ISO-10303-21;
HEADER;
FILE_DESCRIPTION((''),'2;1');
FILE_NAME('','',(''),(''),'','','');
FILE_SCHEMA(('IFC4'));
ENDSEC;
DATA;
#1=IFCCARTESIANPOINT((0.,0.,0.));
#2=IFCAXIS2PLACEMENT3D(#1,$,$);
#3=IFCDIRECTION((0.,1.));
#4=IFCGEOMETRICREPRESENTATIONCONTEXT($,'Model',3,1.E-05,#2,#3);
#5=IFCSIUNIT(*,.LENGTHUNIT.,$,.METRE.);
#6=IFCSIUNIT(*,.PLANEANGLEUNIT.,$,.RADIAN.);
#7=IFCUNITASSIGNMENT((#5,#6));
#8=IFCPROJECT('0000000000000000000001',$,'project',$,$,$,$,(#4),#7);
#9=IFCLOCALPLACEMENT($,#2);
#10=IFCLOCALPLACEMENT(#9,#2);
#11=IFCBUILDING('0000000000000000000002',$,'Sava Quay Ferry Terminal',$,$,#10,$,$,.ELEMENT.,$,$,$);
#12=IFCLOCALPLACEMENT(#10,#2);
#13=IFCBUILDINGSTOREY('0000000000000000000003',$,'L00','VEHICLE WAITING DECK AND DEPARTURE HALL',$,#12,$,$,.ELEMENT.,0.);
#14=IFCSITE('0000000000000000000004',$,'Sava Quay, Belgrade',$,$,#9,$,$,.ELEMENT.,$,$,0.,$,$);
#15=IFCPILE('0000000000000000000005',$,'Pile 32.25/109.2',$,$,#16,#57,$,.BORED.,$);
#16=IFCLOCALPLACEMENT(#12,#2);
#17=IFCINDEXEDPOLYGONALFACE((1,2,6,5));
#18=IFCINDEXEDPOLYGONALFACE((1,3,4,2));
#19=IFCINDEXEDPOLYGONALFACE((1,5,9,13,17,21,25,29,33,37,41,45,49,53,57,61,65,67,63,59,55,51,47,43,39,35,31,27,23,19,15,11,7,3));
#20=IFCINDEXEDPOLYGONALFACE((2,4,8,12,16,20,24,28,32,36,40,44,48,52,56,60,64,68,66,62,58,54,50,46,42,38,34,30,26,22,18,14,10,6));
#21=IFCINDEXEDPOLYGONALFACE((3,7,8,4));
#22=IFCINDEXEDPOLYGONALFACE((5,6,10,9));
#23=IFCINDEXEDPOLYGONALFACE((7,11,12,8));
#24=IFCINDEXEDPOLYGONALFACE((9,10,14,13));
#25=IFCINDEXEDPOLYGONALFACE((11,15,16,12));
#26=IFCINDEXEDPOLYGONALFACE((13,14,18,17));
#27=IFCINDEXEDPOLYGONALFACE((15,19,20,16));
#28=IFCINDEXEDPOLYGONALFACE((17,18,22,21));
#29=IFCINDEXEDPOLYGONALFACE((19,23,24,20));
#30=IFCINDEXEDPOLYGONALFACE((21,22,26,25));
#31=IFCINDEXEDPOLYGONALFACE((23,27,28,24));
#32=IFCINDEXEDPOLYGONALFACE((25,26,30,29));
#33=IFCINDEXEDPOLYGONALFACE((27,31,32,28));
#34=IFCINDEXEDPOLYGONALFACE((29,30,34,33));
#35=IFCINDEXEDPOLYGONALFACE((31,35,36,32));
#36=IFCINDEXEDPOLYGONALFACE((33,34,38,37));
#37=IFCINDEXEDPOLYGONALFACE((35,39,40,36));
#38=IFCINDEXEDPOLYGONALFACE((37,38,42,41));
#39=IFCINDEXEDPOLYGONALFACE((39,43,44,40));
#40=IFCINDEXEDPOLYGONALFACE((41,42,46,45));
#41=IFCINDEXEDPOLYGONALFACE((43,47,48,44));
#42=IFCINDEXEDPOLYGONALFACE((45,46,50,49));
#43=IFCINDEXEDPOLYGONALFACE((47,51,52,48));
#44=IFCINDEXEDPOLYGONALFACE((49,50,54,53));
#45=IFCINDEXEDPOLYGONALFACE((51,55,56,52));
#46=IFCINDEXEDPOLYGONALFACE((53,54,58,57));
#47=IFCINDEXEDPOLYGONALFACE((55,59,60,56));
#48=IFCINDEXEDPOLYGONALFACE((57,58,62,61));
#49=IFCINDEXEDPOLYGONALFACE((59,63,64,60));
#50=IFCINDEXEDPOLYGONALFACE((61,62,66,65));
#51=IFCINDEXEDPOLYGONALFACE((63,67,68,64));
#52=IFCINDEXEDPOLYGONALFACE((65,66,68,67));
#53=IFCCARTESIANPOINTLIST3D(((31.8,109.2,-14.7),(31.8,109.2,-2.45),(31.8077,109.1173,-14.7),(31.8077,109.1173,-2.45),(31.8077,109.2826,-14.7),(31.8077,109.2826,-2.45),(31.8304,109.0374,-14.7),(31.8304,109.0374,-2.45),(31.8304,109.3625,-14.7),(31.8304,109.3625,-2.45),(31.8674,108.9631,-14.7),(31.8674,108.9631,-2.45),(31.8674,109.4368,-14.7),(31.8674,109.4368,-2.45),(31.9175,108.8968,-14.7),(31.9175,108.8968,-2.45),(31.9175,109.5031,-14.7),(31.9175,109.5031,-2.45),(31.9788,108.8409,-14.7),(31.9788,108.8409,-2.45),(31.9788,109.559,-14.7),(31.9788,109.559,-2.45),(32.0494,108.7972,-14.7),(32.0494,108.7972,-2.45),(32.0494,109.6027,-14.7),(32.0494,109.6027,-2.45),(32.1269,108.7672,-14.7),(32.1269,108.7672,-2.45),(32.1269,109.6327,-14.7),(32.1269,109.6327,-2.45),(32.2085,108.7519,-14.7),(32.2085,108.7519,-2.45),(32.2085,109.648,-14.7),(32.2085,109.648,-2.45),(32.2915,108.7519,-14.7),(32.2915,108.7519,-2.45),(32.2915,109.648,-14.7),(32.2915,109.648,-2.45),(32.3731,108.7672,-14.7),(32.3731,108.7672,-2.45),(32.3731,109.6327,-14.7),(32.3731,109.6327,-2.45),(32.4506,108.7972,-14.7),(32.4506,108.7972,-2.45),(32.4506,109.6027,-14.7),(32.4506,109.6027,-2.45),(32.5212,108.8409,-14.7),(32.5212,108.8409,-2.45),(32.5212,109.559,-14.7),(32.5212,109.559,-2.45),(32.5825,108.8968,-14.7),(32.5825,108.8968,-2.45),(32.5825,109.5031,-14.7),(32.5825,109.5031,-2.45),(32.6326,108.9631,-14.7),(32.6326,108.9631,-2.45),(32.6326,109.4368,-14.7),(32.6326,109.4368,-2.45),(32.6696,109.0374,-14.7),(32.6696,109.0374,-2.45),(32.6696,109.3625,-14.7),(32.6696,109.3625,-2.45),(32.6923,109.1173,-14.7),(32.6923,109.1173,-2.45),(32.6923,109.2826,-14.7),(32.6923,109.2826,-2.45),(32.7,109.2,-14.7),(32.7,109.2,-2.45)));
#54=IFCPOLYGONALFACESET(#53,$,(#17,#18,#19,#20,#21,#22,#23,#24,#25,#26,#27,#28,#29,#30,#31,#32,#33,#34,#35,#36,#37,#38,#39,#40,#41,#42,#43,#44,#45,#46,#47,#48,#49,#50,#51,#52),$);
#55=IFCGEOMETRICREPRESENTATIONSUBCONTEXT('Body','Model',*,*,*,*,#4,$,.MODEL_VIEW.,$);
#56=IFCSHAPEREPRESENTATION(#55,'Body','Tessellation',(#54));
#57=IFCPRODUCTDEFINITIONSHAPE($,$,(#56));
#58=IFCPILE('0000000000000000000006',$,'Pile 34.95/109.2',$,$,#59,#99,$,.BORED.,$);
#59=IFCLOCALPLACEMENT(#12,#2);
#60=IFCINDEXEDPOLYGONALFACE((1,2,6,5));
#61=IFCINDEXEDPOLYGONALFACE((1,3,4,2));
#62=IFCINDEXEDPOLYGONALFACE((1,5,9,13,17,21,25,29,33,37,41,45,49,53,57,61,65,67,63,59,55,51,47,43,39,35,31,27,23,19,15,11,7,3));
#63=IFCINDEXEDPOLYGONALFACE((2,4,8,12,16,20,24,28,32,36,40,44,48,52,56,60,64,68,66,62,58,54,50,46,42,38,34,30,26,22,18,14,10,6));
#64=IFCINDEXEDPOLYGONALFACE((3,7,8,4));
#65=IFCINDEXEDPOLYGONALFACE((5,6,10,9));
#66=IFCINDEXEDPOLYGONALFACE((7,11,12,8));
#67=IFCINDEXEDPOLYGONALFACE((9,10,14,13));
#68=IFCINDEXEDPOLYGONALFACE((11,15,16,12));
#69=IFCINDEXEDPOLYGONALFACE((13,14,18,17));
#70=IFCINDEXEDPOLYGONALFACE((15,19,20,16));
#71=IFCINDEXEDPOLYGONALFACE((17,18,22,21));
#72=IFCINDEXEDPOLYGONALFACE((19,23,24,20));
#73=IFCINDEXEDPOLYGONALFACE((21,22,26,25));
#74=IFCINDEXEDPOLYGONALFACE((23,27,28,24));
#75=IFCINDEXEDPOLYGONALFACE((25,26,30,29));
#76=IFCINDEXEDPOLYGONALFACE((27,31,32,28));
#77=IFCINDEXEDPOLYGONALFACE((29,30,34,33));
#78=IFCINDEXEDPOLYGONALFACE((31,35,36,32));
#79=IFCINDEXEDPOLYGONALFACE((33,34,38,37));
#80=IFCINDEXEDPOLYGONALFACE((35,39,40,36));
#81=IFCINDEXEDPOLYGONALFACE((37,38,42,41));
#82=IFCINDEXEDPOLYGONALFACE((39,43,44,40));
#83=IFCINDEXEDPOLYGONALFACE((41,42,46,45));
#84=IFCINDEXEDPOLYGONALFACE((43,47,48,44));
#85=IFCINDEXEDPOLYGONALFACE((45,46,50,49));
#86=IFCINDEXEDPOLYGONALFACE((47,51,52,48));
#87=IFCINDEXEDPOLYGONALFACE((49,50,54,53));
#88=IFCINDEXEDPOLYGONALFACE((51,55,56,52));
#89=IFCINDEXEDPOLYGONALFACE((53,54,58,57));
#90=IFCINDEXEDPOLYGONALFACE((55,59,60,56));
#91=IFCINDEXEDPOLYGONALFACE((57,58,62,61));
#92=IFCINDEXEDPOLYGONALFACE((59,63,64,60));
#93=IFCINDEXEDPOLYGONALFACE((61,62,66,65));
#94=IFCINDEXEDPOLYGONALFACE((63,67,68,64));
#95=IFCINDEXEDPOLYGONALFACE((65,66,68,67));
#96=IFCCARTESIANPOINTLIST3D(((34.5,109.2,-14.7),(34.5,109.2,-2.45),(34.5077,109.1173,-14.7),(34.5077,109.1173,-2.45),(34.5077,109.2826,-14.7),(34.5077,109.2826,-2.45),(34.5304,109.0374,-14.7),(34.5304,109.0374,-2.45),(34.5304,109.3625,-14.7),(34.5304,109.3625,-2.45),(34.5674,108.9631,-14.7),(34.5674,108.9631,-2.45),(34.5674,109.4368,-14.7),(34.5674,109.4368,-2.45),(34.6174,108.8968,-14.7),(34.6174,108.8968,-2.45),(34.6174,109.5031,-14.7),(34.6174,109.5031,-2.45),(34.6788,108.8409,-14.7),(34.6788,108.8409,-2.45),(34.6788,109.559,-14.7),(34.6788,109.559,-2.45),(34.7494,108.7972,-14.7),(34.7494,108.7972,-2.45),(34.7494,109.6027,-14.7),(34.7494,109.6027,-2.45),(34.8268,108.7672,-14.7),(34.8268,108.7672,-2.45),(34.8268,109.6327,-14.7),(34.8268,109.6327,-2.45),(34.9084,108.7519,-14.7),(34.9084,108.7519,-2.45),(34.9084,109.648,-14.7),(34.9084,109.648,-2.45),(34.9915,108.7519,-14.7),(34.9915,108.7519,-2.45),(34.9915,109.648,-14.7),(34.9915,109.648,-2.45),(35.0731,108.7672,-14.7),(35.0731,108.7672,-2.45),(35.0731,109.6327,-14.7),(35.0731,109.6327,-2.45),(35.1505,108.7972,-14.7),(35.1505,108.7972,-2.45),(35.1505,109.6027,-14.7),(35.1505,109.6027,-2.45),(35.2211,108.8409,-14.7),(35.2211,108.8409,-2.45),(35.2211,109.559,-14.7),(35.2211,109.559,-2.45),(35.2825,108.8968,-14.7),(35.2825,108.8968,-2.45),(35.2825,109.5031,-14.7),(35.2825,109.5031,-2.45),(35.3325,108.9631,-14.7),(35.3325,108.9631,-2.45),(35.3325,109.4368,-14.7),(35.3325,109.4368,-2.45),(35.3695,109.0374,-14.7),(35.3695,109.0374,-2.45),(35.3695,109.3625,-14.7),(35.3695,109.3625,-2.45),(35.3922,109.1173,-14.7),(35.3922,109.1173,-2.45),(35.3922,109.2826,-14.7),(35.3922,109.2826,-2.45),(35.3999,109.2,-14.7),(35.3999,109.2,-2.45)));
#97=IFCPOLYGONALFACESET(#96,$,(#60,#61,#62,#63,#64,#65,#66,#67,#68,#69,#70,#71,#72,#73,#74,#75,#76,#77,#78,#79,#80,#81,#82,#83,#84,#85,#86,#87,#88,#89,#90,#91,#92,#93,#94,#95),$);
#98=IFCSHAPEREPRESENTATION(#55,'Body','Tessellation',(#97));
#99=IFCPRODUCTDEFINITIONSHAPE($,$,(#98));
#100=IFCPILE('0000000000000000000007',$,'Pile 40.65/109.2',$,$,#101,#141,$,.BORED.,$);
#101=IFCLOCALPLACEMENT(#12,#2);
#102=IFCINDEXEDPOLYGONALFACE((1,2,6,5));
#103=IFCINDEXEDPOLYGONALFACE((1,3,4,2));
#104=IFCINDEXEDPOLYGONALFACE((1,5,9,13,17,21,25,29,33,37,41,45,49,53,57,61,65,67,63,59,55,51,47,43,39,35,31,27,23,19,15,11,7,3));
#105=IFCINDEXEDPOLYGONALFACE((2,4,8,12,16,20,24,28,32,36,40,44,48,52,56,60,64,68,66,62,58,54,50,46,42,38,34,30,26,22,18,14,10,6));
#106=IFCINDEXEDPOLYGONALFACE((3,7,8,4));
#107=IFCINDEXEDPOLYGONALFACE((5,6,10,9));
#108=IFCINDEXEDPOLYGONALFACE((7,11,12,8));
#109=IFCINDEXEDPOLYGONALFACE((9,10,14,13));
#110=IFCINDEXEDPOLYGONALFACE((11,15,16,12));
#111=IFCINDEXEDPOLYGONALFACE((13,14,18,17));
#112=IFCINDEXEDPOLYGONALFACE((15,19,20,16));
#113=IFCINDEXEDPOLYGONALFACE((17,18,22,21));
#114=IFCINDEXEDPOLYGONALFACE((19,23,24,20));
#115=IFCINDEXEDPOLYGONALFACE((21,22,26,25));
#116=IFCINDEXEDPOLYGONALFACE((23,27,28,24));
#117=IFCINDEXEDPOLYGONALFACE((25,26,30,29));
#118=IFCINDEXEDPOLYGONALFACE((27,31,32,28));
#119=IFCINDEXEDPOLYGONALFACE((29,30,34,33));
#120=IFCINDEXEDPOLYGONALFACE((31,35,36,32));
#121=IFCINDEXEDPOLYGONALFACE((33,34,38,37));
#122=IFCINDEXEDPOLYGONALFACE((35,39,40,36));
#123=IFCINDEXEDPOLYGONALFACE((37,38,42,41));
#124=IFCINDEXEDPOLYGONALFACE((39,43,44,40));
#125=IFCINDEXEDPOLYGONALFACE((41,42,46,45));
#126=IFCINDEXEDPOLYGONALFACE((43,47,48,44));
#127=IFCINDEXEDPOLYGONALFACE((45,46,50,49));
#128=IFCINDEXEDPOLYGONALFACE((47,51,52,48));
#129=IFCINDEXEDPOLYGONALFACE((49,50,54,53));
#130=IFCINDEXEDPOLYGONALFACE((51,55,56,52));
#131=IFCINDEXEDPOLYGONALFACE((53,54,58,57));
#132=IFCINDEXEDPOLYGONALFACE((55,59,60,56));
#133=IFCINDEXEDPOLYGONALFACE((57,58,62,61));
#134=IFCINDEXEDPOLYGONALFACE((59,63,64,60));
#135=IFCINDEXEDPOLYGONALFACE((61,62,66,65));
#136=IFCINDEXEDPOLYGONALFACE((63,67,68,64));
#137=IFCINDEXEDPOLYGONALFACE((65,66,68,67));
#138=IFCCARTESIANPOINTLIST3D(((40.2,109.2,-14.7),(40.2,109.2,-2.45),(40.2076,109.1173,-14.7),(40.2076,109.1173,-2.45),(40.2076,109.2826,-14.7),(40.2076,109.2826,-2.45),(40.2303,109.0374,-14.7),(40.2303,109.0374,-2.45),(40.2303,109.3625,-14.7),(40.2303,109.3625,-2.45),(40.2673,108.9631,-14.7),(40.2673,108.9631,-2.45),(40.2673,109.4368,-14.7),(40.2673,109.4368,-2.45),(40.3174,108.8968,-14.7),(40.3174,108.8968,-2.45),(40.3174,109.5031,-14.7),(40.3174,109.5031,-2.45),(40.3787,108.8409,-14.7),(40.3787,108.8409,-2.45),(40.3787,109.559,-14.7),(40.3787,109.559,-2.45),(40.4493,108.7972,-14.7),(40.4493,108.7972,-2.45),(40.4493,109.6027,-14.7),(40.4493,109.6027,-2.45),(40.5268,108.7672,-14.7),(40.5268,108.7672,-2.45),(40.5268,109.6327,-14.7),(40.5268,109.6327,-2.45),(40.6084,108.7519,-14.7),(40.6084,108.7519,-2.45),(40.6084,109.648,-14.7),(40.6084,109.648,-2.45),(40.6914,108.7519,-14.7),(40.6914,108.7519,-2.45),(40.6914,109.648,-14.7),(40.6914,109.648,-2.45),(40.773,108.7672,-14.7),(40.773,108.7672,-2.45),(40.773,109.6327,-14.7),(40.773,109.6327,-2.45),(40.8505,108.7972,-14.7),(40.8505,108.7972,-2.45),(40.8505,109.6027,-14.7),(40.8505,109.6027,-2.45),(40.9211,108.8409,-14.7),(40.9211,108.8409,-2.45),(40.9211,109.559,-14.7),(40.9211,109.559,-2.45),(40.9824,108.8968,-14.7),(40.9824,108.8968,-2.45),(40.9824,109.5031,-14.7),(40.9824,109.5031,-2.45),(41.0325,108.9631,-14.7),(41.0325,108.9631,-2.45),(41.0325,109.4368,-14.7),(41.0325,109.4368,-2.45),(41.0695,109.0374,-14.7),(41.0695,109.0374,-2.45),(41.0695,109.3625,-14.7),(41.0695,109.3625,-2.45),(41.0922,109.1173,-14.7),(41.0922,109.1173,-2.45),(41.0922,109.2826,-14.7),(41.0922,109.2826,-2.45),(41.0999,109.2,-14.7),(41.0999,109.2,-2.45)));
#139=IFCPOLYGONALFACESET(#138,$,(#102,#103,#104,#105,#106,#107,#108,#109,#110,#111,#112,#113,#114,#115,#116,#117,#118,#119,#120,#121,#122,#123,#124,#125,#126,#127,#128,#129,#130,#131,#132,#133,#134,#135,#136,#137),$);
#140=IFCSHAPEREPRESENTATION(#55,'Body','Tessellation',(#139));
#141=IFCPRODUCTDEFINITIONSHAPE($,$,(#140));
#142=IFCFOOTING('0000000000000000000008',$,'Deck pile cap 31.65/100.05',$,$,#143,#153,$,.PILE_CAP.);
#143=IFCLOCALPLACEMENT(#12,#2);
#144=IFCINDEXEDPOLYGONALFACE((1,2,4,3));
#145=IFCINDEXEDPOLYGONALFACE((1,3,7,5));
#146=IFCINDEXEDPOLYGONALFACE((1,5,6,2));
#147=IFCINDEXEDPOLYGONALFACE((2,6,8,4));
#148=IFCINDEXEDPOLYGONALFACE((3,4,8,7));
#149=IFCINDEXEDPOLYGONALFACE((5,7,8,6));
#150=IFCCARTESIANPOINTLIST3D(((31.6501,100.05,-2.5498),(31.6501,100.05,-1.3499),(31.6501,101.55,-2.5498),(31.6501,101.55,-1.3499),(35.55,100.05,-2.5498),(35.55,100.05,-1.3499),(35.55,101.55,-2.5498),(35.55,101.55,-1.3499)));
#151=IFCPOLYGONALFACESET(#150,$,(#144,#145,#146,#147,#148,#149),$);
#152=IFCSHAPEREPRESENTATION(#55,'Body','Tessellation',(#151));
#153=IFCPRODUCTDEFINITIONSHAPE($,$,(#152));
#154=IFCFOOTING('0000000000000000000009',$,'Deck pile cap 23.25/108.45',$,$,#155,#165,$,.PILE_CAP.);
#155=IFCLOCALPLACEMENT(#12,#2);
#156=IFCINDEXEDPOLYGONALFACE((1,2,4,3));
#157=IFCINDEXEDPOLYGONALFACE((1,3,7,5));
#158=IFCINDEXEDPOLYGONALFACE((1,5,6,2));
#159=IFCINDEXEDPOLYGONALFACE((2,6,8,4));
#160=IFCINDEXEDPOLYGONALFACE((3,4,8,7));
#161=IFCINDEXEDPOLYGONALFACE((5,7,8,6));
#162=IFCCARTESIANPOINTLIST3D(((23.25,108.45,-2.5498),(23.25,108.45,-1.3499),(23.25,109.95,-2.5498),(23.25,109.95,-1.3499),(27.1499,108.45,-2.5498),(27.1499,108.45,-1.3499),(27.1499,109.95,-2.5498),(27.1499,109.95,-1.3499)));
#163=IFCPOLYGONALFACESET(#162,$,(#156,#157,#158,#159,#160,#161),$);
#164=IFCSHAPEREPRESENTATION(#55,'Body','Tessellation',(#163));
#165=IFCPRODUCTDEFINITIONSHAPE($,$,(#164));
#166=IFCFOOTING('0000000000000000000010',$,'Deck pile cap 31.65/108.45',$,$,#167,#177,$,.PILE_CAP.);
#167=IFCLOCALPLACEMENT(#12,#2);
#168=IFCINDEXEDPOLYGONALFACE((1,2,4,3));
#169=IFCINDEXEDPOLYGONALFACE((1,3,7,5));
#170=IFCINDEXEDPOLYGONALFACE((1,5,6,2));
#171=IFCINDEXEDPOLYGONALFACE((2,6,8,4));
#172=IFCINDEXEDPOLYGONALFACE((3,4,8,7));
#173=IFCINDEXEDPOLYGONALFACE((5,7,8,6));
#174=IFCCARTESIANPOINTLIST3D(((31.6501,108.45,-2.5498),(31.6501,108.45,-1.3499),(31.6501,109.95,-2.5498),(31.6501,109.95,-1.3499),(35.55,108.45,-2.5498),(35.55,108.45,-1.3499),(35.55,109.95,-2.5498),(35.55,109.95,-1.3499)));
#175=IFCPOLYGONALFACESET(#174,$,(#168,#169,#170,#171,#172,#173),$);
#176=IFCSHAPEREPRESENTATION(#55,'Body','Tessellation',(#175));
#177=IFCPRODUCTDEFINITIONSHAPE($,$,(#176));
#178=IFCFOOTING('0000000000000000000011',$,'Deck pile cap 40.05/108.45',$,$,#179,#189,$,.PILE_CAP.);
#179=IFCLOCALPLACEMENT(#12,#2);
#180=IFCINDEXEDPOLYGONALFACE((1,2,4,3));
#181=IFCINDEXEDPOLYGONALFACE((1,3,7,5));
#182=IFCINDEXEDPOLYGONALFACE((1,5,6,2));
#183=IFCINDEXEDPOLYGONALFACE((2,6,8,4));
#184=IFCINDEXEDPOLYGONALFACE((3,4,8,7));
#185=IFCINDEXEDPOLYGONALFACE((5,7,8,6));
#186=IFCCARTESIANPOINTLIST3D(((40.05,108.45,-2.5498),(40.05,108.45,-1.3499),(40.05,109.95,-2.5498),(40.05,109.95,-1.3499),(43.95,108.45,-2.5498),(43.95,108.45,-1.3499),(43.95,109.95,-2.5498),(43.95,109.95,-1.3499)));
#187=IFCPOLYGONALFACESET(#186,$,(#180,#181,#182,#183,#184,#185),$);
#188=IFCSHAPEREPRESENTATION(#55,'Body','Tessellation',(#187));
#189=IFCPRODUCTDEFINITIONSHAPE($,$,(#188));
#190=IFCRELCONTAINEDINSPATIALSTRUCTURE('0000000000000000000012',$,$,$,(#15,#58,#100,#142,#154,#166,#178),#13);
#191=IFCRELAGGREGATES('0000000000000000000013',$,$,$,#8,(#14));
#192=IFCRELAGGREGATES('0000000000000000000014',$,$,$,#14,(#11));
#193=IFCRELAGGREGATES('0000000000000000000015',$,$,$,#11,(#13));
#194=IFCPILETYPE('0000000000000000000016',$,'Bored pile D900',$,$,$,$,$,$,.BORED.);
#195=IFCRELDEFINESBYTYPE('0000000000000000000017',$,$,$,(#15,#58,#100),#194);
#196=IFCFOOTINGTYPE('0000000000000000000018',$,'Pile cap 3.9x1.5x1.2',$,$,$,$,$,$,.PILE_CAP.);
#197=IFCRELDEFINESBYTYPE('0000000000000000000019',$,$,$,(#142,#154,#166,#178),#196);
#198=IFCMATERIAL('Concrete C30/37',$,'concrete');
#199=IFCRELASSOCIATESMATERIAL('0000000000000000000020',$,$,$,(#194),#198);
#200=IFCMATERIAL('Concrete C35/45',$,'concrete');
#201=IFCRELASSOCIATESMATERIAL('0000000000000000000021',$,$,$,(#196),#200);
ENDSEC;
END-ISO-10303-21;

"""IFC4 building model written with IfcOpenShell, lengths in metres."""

from ifc_helpers import new_model, si_unit, direction, frame, origin, origin_2d, place, context, subcontext, project, spatial, rectangle, circle, extrude, material, material_profile, profile_set, type_object, element, save


model = new_model("IFC4")

# Units and contexts
model_context = context("Model", 3, precision=1e-05, world=origin(), true_north=direction((0.0, 1.0)))
body_context = subcontext(model_context, "Body", "Model", "MODEL_VIEW")
ifc_project = project(units=[si_unit("LENGTHUNIT", "METRE"), si_unit("PLANEANGLEUNIT", "RADIAN")], contexts=[model_context])

# Site, building, storey
site_placement = place(None, origin())
site = spatial("IfcSite", under=ifc_project, at=site_placement, Name="Sava Quay, Belgrade", CompositionType="ELEMENT", RefElevation=0.0)
building_placement = place(site_placement, origin())
building = spatial("IfcBuilding", under=site, at=building_placement, Name="Sava Quay Ferry Terminal", CompositionType="ELEMENT")
storey_placement = place(building_placement, origin())
storey = spatial("IfcBuildingStorey", under=building, at=storey_placement, Name="L00", Description="VEHICLE WAITING DECK AND DEPARTURE HALL", CompositionType="ELEMENT", Elevation=0.0)

# Piles
ifc_material_1 = material(Name="Concrete C30/37", Category="concrete")
ifc_material_profile_1 = material_profile(ifc_material_1, circle(Radius=0.45, at=origin_2d()), Name="Bored pile D900")
ifc_profile_set_1 = profile_set([ifc_material_profile_1], Name="Concrete C30/37")
pile_type = type_object("IfcPileType", Name="Bored pile D900", PredefinedType="BORED", material=ifc_profile_set_1)
for number, where, z_axis, x_axis, name in (
    (1, (32.25, 109.2, -2.45), (0.0, 0.0, -1.0), (1.0, 0.0, 0.0), "Pile 32.25/109.2"),
    (2, (34.95, 109.2, -2.45), (0.0, 0.0, -1.0), (1.0, 0.0, 0.0), "Pile 34.95/109.2"),
    (3, (40.6499, 109.2, -2.45), (0.0, 0.0, -1.0), (1.0, 0.0, 0.0), "Pile 40.65/109.2"),
):
    element("IfcPile", number, at=place(storey_placement, frame(where, z_axis=z_axis, x_axis=x_axis)), inside=storey, type_object=pile_type, Name=name, PredefinedType="BORED", context=body_context, shape_type="SweptSolid", body=[
        extrude(circle(Radius=0.45, at=origin_2d()), origin(), (0.0, 0.0, 1.0), 12.25),
    ])

# Footings
ifc_material_2 = material(Name="Concrete C35/45", Category="concrete")
footing_type = type_object("IfcFootingType", Name="Pile cap 3.9x1.5x1.2", PredefinedType="PILE_CAP", material=ifc_material_2)
for number, where, z_axis, x_axis, name in (
    (4, (33.6001, 100.8, -2.5498), (0.0, 0.0, 1.0), (1.0, 0.0, 0.0), "Deck pile cap 31.65/100.05"),
    (5, (25.2, 109.2, -2.5498), (0.0, 0.0, 1.0), (1.0, 0.0, 0.0), "Deck pile cap 23.25/108.45"),
    (6, (33.6001, 109.2, -2.5498), (0.0, 0.0, 1.0), (1.0, 0.0, 0.0), "Deck pile cap 31.65/108.45"),
    (7, (42.0, 109.2, -2.5498), (0.0, 0.0, 1.0), (1.0, 0.0, 0.0), "Deck pile cap 40.05/108.45"),
):
    element("IfcFooting", number, at=place(storey_placement, frame(where, z_axis=z_axis, x_axis=x_axis)), inside=storey, type_object=footing_type, Name=name, PredefinedType="PILE_CAP", context=body_context, shape_type="SweptSolid", body=[
        extrude(rectangle(XDim=3.8999, YDim=1.5, at=origin_2d()), origin(), (0.0, 0.0, 1.0), 1.2),
    ])

save(model, "model.ifc")
